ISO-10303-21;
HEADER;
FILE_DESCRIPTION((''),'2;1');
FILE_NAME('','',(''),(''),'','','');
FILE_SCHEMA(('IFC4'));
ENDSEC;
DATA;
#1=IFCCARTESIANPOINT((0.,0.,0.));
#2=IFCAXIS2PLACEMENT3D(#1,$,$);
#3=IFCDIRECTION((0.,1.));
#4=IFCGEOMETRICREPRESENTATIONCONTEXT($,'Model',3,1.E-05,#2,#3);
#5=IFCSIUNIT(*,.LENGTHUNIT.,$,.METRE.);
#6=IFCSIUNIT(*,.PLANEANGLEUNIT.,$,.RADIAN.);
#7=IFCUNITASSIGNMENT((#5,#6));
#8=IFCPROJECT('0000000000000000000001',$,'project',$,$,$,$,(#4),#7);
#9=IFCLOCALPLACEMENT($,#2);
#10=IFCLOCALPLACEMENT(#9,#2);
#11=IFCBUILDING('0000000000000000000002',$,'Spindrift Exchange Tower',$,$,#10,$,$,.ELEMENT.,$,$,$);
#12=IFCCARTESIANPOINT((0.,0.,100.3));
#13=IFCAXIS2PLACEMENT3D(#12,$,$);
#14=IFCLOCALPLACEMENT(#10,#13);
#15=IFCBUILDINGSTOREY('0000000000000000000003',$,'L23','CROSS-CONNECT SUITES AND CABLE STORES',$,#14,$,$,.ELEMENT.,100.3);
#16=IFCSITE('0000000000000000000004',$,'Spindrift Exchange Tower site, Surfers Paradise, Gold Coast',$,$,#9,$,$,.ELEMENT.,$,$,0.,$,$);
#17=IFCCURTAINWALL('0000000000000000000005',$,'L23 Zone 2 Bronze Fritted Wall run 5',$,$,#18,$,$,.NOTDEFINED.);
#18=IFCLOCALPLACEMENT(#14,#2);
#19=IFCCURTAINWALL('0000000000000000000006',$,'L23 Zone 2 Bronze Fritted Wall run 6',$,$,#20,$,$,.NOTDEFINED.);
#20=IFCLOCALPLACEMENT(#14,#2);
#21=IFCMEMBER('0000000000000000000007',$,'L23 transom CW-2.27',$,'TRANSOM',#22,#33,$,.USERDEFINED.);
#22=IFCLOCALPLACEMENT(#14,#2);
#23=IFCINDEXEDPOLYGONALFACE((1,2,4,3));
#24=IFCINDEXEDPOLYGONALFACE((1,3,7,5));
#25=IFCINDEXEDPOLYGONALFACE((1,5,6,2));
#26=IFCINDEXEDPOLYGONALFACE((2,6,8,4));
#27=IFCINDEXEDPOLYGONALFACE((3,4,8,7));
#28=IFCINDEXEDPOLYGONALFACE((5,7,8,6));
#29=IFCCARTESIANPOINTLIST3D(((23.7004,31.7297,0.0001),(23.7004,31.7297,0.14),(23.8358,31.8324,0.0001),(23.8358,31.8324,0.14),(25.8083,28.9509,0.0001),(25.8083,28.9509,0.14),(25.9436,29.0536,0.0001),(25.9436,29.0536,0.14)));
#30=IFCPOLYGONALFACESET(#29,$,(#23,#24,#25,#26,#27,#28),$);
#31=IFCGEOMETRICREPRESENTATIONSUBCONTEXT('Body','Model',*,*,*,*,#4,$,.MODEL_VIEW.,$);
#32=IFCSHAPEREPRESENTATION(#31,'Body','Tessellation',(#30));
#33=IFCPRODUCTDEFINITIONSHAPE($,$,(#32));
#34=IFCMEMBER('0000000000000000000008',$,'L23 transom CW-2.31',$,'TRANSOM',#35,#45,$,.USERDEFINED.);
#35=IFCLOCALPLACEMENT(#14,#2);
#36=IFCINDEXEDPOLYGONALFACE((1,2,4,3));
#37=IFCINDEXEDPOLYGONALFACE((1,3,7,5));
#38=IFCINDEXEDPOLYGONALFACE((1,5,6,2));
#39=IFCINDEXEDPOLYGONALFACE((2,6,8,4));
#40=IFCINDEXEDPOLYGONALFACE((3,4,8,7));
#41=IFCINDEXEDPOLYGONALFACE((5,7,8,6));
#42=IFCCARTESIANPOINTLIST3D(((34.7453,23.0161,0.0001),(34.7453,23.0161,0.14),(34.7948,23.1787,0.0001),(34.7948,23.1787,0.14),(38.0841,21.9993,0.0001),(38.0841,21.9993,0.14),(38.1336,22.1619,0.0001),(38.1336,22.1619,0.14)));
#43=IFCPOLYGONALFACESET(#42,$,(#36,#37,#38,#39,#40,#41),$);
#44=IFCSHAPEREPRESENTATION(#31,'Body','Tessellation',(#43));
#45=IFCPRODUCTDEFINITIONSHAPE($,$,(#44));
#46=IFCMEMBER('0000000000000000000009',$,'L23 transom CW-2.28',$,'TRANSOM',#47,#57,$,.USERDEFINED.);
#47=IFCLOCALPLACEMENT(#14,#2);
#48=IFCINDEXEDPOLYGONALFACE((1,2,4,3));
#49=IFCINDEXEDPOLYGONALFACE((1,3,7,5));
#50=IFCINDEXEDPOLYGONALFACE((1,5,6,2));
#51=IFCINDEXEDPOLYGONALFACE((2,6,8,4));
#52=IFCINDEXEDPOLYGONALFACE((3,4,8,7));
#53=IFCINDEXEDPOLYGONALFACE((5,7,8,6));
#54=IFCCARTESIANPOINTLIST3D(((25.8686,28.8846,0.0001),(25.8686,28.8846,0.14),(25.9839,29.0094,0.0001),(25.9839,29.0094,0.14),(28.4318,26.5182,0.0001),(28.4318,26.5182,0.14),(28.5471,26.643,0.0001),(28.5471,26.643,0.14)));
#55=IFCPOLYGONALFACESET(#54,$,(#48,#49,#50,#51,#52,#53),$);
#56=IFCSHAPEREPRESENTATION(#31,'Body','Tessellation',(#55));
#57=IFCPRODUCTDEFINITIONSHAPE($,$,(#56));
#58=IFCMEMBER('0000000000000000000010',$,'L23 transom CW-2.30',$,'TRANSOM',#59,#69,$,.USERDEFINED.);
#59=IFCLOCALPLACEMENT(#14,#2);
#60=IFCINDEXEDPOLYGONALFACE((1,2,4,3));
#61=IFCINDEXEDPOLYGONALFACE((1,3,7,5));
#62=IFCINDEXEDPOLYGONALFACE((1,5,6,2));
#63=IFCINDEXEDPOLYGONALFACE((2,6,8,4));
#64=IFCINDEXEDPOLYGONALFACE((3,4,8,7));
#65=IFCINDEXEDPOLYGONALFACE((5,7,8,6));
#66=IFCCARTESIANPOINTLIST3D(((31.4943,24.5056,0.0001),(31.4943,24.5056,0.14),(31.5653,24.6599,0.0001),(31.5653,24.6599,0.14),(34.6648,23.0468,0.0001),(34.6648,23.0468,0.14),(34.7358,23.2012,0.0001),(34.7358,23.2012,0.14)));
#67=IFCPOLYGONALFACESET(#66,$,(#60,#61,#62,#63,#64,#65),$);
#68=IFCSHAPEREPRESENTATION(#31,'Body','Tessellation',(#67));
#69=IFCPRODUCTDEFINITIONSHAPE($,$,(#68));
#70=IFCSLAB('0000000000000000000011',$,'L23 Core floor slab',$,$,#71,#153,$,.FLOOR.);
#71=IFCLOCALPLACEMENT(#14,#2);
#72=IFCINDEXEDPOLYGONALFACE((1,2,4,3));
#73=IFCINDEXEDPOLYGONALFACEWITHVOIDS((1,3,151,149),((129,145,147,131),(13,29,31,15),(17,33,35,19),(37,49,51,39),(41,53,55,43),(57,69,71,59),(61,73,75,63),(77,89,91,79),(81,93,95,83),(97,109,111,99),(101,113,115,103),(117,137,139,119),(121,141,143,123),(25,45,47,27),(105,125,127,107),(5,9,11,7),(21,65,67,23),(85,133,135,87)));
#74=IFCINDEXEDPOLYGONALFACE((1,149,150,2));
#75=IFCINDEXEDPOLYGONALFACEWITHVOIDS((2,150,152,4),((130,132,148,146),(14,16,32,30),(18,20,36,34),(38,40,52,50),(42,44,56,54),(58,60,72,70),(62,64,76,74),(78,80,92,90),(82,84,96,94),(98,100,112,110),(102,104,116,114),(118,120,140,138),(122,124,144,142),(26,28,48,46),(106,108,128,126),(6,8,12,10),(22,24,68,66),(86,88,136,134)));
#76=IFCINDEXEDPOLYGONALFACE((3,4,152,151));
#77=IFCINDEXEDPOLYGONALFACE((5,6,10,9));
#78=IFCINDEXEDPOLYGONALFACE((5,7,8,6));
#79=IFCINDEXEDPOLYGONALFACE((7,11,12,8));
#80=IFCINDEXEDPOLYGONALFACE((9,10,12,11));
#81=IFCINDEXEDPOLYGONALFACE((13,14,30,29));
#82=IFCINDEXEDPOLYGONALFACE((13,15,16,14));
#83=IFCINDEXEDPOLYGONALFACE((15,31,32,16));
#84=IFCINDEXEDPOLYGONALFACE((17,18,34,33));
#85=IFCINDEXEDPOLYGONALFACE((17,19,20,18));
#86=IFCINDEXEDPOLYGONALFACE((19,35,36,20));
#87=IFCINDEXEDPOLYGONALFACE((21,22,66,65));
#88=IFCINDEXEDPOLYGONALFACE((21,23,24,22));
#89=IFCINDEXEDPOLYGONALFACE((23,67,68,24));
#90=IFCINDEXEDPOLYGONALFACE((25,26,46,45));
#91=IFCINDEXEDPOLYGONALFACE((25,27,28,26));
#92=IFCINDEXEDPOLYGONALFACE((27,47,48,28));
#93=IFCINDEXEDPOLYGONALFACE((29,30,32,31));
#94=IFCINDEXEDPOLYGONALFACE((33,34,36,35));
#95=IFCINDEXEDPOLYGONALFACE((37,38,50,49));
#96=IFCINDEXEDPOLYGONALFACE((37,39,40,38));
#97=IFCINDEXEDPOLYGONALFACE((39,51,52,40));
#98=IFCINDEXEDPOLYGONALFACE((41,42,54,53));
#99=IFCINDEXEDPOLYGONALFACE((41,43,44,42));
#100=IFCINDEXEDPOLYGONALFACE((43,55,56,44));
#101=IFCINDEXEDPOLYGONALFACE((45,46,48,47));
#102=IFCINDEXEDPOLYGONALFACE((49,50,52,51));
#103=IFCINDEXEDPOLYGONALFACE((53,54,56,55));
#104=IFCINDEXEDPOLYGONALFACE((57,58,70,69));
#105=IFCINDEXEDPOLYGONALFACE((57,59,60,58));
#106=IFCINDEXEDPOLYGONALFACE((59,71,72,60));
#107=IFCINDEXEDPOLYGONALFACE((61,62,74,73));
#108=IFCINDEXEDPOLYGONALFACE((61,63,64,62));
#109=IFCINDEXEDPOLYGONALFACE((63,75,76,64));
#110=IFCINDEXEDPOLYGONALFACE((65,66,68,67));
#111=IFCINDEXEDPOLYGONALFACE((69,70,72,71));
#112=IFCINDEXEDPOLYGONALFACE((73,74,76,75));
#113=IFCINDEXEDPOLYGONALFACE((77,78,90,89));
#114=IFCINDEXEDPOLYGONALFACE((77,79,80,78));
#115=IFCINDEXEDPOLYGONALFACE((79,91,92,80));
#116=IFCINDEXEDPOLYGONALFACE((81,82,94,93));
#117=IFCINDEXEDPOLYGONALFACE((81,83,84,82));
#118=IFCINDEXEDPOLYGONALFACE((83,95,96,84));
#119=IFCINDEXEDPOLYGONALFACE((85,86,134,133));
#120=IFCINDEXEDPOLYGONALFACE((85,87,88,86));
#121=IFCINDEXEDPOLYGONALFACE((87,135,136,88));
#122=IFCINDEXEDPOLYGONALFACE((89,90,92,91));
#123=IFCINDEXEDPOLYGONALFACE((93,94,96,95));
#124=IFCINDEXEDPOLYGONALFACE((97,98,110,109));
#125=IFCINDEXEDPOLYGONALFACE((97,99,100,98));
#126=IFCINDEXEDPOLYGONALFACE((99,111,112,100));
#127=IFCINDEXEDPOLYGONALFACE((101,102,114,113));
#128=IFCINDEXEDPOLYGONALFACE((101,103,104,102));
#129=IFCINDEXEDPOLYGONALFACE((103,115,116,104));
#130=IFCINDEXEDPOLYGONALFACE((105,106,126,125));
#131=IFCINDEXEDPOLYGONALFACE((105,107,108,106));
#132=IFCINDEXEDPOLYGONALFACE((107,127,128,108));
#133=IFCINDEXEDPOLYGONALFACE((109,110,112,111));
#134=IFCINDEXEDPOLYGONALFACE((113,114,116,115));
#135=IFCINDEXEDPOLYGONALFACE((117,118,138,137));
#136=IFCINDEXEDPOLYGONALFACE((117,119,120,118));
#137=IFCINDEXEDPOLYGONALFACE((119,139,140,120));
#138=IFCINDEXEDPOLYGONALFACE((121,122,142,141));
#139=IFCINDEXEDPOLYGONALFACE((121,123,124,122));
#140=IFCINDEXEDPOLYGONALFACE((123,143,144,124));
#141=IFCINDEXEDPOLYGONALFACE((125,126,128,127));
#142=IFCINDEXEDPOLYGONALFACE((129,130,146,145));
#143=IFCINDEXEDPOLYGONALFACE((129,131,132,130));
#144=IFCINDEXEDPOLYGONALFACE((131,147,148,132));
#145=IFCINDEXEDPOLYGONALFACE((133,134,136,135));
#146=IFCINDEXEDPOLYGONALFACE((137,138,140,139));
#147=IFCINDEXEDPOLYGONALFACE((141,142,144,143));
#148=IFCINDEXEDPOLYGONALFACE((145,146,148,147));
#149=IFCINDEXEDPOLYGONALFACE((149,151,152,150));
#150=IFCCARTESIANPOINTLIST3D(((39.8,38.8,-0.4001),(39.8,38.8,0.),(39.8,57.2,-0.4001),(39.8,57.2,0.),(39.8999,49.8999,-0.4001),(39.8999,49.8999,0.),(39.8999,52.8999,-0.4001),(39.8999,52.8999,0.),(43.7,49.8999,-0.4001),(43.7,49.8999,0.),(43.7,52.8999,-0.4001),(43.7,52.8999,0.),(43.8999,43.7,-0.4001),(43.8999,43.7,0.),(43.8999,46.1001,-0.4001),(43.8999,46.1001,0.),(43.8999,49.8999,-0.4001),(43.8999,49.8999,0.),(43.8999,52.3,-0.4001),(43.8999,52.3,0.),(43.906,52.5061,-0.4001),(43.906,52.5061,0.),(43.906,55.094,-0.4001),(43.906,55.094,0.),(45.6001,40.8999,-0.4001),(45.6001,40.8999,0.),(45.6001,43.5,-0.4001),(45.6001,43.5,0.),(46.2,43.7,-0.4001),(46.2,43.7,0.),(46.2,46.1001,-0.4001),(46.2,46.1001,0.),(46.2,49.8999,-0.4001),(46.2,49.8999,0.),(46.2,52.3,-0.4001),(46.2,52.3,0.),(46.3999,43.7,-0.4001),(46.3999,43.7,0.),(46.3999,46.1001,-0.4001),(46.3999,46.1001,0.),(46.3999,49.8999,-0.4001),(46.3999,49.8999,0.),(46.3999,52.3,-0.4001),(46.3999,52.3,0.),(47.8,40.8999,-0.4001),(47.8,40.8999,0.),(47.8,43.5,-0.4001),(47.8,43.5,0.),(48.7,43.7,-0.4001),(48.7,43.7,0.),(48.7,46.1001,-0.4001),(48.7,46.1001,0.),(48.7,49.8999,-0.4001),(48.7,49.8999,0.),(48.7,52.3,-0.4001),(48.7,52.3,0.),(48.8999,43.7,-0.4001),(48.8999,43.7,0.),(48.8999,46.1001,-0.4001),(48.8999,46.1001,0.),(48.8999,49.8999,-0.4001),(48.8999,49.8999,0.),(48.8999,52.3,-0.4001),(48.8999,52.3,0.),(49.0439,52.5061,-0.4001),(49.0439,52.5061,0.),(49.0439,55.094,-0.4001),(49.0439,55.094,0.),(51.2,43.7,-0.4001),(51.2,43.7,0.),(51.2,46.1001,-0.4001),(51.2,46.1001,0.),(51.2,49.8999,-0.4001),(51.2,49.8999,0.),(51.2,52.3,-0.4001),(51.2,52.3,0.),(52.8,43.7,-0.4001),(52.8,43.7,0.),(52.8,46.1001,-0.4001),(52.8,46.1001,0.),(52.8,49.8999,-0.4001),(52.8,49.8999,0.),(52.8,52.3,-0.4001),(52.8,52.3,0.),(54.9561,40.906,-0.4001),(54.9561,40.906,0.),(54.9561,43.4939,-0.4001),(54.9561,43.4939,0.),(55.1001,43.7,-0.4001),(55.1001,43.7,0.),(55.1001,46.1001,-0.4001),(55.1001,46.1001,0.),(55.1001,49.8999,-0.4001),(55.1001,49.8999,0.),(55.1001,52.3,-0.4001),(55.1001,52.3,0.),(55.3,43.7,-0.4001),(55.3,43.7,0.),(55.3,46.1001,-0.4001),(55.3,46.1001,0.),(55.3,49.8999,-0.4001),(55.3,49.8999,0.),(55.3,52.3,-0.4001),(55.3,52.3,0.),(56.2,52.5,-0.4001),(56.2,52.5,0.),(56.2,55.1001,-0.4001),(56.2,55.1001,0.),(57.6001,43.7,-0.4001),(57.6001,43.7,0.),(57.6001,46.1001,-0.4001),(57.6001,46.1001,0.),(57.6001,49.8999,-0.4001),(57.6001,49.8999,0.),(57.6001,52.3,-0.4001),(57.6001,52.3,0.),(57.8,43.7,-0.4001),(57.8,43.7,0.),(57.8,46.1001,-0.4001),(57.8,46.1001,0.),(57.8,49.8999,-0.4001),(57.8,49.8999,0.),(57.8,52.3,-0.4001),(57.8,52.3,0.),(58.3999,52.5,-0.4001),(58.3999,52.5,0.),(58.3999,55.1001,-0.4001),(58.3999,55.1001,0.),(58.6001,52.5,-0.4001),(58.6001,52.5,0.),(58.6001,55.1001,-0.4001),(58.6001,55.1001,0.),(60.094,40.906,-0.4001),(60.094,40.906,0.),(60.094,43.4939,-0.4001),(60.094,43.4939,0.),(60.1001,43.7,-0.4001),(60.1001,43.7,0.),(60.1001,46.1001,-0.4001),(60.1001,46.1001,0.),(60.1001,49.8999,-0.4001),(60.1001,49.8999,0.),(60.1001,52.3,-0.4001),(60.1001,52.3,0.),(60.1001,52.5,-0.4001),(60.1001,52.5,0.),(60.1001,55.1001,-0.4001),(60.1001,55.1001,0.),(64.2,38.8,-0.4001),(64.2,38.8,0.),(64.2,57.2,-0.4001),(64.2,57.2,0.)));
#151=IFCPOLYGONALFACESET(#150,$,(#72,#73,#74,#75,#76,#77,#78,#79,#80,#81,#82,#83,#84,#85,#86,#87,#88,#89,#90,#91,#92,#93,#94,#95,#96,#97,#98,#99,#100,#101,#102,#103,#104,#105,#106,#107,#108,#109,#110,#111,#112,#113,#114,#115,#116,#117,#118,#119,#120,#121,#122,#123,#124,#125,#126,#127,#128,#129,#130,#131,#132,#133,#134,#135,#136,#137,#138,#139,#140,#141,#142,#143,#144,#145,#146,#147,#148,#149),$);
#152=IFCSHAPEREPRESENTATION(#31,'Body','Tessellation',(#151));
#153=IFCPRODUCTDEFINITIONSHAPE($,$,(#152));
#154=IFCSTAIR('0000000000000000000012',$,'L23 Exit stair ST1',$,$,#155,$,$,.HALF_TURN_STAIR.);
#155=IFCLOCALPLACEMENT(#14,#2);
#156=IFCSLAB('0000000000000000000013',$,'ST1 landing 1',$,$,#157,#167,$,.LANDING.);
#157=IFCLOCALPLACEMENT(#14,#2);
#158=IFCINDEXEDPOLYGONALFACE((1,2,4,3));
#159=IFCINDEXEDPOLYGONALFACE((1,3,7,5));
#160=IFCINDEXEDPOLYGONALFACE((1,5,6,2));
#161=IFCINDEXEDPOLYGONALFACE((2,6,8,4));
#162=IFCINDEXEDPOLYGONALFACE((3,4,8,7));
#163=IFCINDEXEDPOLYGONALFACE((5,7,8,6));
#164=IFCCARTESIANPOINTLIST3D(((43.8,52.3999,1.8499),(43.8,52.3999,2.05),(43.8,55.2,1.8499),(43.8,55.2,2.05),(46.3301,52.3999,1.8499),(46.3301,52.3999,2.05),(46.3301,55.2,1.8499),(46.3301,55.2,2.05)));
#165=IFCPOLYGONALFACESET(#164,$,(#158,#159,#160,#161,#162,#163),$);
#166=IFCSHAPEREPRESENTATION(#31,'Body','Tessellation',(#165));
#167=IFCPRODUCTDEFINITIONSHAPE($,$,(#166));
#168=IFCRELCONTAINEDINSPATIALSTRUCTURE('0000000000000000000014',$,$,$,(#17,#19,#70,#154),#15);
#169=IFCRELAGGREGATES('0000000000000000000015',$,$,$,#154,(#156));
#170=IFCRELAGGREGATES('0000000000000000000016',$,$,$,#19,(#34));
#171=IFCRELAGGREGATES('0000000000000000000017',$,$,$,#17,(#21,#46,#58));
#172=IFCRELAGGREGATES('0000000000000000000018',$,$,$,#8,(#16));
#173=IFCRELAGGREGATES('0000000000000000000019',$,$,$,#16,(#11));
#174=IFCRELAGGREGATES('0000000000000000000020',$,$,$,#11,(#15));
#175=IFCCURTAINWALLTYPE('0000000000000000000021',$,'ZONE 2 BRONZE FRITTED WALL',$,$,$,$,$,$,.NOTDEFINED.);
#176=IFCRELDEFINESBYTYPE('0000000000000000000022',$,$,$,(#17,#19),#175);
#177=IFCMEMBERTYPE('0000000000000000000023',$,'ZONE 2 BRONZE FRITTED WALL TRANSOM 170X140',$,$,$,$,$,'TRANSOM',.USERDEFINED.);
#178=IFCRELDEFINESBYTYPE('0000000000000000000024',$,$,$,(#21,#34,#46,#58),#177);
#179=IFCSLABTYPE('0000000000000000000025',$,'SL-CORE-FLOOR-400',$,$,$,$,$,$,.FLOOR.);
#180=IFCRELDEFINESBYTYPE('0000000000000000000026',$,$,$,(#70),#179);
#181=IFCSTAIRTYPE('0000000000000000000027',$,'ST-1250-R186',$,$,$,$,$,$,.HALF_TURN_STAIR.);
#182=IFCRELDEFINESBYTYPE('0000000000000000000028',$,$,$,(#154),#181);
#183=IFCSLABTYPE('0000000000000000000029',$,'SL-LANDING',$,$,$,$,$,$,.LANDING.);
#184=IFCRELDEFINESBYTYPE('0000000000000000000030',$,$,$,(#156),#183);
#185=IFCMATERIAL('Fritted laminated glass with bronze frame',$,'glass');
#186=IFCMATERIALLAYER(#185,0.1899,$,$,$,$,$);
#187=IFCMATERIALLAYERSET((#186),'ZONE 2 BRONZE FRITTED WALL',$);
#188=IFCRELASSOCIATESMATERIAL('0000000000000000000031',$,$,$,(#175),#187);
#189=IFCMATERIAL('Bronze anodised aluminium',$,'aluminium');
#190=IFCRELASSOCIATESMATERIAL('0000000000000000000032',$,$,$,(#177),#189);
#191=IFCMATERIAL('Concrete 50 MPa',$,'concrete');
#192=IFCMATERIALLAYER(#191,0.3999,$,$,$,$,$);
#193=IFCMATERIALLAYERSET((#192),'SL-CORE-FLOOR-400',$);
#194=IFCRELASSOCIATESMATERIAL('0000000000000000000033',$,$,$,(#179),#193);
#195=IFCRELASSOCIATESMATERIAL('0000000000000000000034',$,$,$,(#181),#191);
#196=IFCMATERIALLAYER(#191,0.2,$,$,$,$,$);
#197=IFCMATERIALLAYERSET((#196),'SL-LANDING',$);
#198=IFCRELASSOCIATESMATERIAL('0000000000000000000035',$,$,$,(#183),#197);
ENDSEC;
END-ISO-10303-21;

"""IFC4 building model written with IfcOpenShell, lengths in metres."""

from ifc_helpers import new_model, si_unit, direction, frame, origin, origin_2d, place, context, subcontext, project, spatial, line, indexed_curve, rectangle, outline, extrude, source, transform, mapped, material, layer, layer_set, material_profile, profile_set, type_object, element, aggregate, save


model = new_model("IFC4")

# Units and contexts
model_context = context("Model", 3, precision=1e-05, world=origin(), true_north=direction((0.0, 1.0)))
body_context = subcontext(model_context, "Body", "Model", "MODEL_VIEW")
ifc_project = project(units=[si_unit("LENGTHUNIT", "METRE"), si_unit("PLANEANGLEUNIT", "RADIAN")], contexts=[model_context])

# Site, building, storey
site_placement = place(None, origin())
site = spatial("IfcSite", under=ifc_project, at=site_placement, Name="Spindrift Exchange Tower site, Surfers Paradise, Gold Coast", CompositionType="ELEMENT", RefElevation=0.0)
building_placement = place(site_placement, origin())
building = spatial("IfcBuilding", under=site, at=building_placement, Name="Spindrift Exchange Tower", CompositionType="ELEMENT")
storey_placement = place(building_placement, frame((0.0, 0.0, 100.3)))
storey = spatial("IfcBuildingStorey", under=building, at=storey_placement, Name="L23", Description="CROSS-CONNECT SUITES AND CABLE STORES", CompositionType="ELEMENT", Elevation=100.3)

# Curtain wall
ifc_material_1 = material(Name="Fritted laminated glass with bronze frame", Category="glass")
ifc_layer_1 = layer(ifc_material_1, 0.1899)
ifc_layer_set_1 = layer_set([ifc_layer_1], Name="ZONE 2 BRONZE FRITTED WALL")
curtain_wall_type = type_object("IfcCurtainWallType", Name="ZONE 2 BRONZE FRITTED WALL", PredefinedType="NOTDEFINED", material=ifc_layer_set_1)
curtain_wall_1_placement = place(storey_placement, origin())
curtain_wall_1 = element("IfcCurtainWall", 1, at=curtain_wall_1_placement, inside=storey, type_object=curtain_wall_type, Name="L23 Zone 2 Bronze Fritted Wall run 5", PredefinedType="NOTDEFINED")
ifc_material_2 = material(Name="Bronze anodised aluminium", Category="aluminium")

# Curtain wall
curtain_wall_2_placement = place(storey_placement, origin())
curtain_wall_2 = element("IfcCurtainWall", 2, at=curtain_wall_2_placement, inside=storey, type_object=curtain_wall_type, Name="L23 Zone 2 Bronze Fritted Wall run 6", PredefinedType="NOTDEFINED")

# Members
ifc_material_profile_1 = material_profile(ifc_material_2, rectangle(XDim=0.1699, YDim=0.1399, at=origin_2d()), Name="ZONE 2 BRONZE FRITTED WALL TRANSOM 170X140")
ifc_profile_set_1 = profile_set([ifc_material_profile_1], Name="Bronze anodised aluminium")
member_type_1 = type_object("IfcMemberType", Name="ZONE 2 BRONZE FRITTED WALL TRANSOM 170X140", ElementType="TRANSOM", PredefinedType="USERDEFINED", material=ifc_profile_set_1)
shared_shape_1 = source(origin(), body_context, "Body", "SweptSolid", [
    extrude(rectangle(XDim=0.1699, YDim=0.1399, at=origin_2d()), origin(), (0.0, 0.0, 1.0), 3.4878),
])
member_1_placement = place(storey_placement, frame((23.7681, 31.781, 0.0701), z_axis=(0.604359, -0.796712, 0.0), x_axis=(0.796712, 0.604359, 0.0)))
member_1 = element("IfcMember", 3, at=member_1_placement, type_object=member_type_1, Name="L23 transom CW-2.27", ObjectType="TRANSOM", PredefinedType="USERDEFINED", context=body_context, shape_type="MappedRepresentation", body=[
    mapped(shared_shape_1, transform((0.0, 0.0, 0.0), scale=1.0)),
])
shared_shape_2 = source(origin(), body_context, "Body", "SweptSolid", [
    extrude(rectangle(XDim=0.1699, YDim=0.1399, at=origin_2d()), origin(), (0.0, 0.0, 1.0), 3.4902),
])
member_2_placement = place(storey_placement, frame((34.77, 23.0974, 0.0701), z_axis=(0.95662, -0.291337, 0.0), x_axis=(0.291337, 0.95662, 0.0)))
member_2 = element("IfcMember", 4, at=member_2_placement, type_object=member_type_1, Name="L23 transom CW-2.31", ObjectType="TRANSOM", PredefinedType="USERDEFINED", context=body_context, shape_type="MappedRepresentation", body=[
    mapped(shared_shape_2, transform((0.0, 0.0, 0.0), scale=1.0)),
])
shared_shape_3 = source(origin(), body_context, "Body", "SweptSolid", [
    extrude(rectangle(XDim=0.1699, YDim=0.1399, at=origin_2d()), origin(), (0.0, 0.0, 1.0), 3.4885),
])
member_3_placement = place(storey_placement, frame((25.9263, 28.947, 0.0701), z_axis=(0.734747, -0.678341, 0.0), x_axis=(0.678341, 0.734747, 0.0)))
member_3 = element("IfcMember", 5, at=member_3_placement, type_object=member_type_1, Name="L23 transom CW-2.28", ObjectType="TRANSOM", PredefinedType="USERDEFINED", context=body_context, shape_type="MappedRepresentation", body=[
    mapped(shared_shape_3, transform((0.0, 0.0, 0.0), scale=1.0)),
])
shared_shape_4 = source(origin(), body_context, "Body", "SweptSolid", [
    extrude(rectangle(XDim=0.1699, YDim=0.1399, at=origin_2d()), origin(), (0.0, 0.0, 1.0), 3.49),
])
member_4_placement = place(storey_placement, frame((31.5298, 24.5828, 0.0701), z_axis=(0.908452, -0.417989, 0.0), x_axis=(0.417989, 0.908452, 0.0)))
member_4 = element("IfcMember", 6, at=member_4_placement, type_object=member_type_1, Name="L23 transom CW-2.30", ObjectType="TRANSOM", PredefinedType="USERDEFINED", context=body_context, shape_type="MappedRepresentation", body=[
    mapped(shared_shape_4, transform((0.0, 0.0, 0.0), scale=1.0)),
])

# Slab
ifc_material_3 = material(Name="Concrete 50 MPa", Category="concrete")
ifc_layer_2 = layer(ifc_material_3, 0.3999)
ifc_layer_set_2 = layer_set([ifc_layer_2], Name="SL-CORE-FLOOR-400")
slab_type_1 = type_object("IfcSlabType", Name="SL-CORE-FLOOR-400", PredefinedType="FLOOR", material=ifc_layer_set_2)
slab_1_placement = place(storey_placement, frame((0.0, 0.0, -0.4001)))
element("IfcSlab", 7, at=slab_1_placement, inside=storey, type_object=slab_type_1, Name="L23 Core floor slab", PredefinedType="FLOOR", context=body_context, shape_type="SweptSolid", body=[
    extrude(outline(indexed_curve([(39.8, 38.8), (39.8, 57.2), (64.2, 57.2), (64.2, 38.8)], segments=[line(1, 2, 3, 4, 1)], self_intersect=False), holes=[indexed_curve([(47.8, 43.5), (45.6001, 43.5), (45.6001, 40.8999), (47.8, 40.8999)], segments=[line(1, 2, 3, 4, 1)], self_intersect=False), indexed_curve([(46.2, 46.1001), (43.8999, 46.1001), (43.8999, 43.7), (46.2, 43.7)], segments=[line(1, 2, 3, 4, 1)], self_intersect=False), indexed_curve([(48.7, 46.1001), (46.3999, 46.1001), (46.3999, 43.7), (48.7, 43.7)], segments=[line(1, 2, 3, 4, 1)], self_intersect=False), indexed_curve([(51.2, 46.1001), (48.8999, 46.1001), (48.8999, 43.7), (51.2, 43.7)], segments=[line(1, 2, 3, 4, 1)], self_intersect=False), indexed_curve([(46.2, 52.3), (43.8999, 52.3), (43.8999, 49.8999), (46.2, 49.8999)], segments=[line(1, 2, 3, 4, 1)], self_intersect=False), indexed_curve([(48.7, 52.3), (46.3999, 52.3), (46.3999, 49.8999), (48.7, 49.8999)], segments=[line(1, 2, 3, 4, 1)], self_intersect=False), indexed_curve([(51.2, 52.3), (48.8999, 52.3), (48.8999, 49.8999), (51.2, 49.8999)], segments=[line(1, 2, 3, 4, 1)], self_intersect=False), indexed_curve([(43.7, 49.8999), (43.7, 52.8999), (39.8999, 52.8999), (39.8999, 49.8999)], segments=[line(1, 2, 3, 4, 1)], self_intersect=False), indexed_curve([(49.0439, 55.094), (43.906, 55.094), (43.906, 52.5061), (49.0439, 52.5061)], segments=[line(1, 2, 3, 4, 1)], self_intersect=False), indexed_curve([(60.094, 40.906), (60.094, 43.4939), (54.9561, 43.4939), (54.9561, 40.906)], segments=[line(1, 2, 3, 4, 1)], self_intersect=False), indexed_curve([(55.1001, 46.1001), (52.8, 46.1001), (52.8, 43.7), (55.1001, 43.7)], segments=[line(1, 2, 3, 4, 1)], self_intersect=False), indexed_curve([(57.6001, 46.1001), (55.3, 46.1001), (55.3, 43.7), (57.6001, 43.7)], segments=[line(1, 2, 3, 4, 1)], self_intersect=False), indexed_curve([(60.1001, 46.1001), (57.8, 46.1001), (57.8, 43.7), (60.1001, 43.7)], segments=[line(1, 2, 3, 4, 1)], self_intersect=False), indexed_curve([(55.1001, 52.3), (52.8, 52.3), (52.8, 49.8999), (55.1001, 49.8999)], segments=[line(1, 2, 3, 4, 1)], self_intersect=False), indexed_curve([(57.6001, 52.3), (55.3, 52.3), (55.3, 49.8999), (57.6001, 49.8999)], segments=[line(1, 2, 3, 4, 1)], self_intersect=False), indexed_curve([(60.1001, 52.3), (57.8, 52.3), (57.8, 49.8999), (60.1001, 49.8999)], segments=[line(1, 2, 3, 4, 1)], self_intersect=False), indexed_curve([(58.3999, 52.5), (58.3999, 55.1001), (56.2, 55.1001), (56.2, 52.5)], segments=[line(1, 2, 3, 4, 1)], self_intersect=False), indexed_curve([(60.1001, 52.5), (60.1001, 55.1001), (58.6001, 55.1001), (58.6001, 52.5)], segments=[line(1, 2, 3, 4, 1)], self_intersect=False)]), origin(), (0.0, 0.0, 1.0), 0.4001),
])

# Stair, slab
stair_type = type_object("IfcStairType", Name="ST-1250-R186", PredefinedType="HALF_TURN_STAIR", material=ifc_material_3)
stair_1_placement = place(storey_placement, origin())
stair_1 = element("IfcStair", 8, at=stair_1_placement, inside=storey, type_object=stair_type, Name="L23 Exit stair ST1", PredefinedType="HALF_TURN_STAIR")
ifc_layer_3 = layer(ifc_material_3, 0.2)
ifc_layer_set_3 = layer_set([ifc_layer_3], Name="SL-LANDING")
slab_type_2 = type_object("IfcSlabType", Name="SL-LANDING", PredefinedType="LANDING", material=ifc_layer_set_3)
slab_2_placement = place(storey_placement, frame((0.0, 0.0, 1.8499)))
slab_2 = element("IfcSlab", 9, at=slab_2_placement, type_object=slab_type_2, Name="ST1 landing 1", PredefinedType="LANDING", context=body_context, shape_type="SweptSolid", body=[
    extrude(outline(indexed_curve([(46.3301, 52.3999), (43.8, 52.3999), (43.8, 55.2), (46.3301, 55.2)], segments=[line(1, 2, 3, 4, 1)], self_intersect=False)), origin(), (0.0, 0.0, 1.0), 0.2002),
])
aggregate(stair_1, [slab_2])

aggregate(curtain_wall_2, [member_2])
aggregate(curtain_wall_1, [member_1, member_3, member_4])

save(model, "model.ifc")
